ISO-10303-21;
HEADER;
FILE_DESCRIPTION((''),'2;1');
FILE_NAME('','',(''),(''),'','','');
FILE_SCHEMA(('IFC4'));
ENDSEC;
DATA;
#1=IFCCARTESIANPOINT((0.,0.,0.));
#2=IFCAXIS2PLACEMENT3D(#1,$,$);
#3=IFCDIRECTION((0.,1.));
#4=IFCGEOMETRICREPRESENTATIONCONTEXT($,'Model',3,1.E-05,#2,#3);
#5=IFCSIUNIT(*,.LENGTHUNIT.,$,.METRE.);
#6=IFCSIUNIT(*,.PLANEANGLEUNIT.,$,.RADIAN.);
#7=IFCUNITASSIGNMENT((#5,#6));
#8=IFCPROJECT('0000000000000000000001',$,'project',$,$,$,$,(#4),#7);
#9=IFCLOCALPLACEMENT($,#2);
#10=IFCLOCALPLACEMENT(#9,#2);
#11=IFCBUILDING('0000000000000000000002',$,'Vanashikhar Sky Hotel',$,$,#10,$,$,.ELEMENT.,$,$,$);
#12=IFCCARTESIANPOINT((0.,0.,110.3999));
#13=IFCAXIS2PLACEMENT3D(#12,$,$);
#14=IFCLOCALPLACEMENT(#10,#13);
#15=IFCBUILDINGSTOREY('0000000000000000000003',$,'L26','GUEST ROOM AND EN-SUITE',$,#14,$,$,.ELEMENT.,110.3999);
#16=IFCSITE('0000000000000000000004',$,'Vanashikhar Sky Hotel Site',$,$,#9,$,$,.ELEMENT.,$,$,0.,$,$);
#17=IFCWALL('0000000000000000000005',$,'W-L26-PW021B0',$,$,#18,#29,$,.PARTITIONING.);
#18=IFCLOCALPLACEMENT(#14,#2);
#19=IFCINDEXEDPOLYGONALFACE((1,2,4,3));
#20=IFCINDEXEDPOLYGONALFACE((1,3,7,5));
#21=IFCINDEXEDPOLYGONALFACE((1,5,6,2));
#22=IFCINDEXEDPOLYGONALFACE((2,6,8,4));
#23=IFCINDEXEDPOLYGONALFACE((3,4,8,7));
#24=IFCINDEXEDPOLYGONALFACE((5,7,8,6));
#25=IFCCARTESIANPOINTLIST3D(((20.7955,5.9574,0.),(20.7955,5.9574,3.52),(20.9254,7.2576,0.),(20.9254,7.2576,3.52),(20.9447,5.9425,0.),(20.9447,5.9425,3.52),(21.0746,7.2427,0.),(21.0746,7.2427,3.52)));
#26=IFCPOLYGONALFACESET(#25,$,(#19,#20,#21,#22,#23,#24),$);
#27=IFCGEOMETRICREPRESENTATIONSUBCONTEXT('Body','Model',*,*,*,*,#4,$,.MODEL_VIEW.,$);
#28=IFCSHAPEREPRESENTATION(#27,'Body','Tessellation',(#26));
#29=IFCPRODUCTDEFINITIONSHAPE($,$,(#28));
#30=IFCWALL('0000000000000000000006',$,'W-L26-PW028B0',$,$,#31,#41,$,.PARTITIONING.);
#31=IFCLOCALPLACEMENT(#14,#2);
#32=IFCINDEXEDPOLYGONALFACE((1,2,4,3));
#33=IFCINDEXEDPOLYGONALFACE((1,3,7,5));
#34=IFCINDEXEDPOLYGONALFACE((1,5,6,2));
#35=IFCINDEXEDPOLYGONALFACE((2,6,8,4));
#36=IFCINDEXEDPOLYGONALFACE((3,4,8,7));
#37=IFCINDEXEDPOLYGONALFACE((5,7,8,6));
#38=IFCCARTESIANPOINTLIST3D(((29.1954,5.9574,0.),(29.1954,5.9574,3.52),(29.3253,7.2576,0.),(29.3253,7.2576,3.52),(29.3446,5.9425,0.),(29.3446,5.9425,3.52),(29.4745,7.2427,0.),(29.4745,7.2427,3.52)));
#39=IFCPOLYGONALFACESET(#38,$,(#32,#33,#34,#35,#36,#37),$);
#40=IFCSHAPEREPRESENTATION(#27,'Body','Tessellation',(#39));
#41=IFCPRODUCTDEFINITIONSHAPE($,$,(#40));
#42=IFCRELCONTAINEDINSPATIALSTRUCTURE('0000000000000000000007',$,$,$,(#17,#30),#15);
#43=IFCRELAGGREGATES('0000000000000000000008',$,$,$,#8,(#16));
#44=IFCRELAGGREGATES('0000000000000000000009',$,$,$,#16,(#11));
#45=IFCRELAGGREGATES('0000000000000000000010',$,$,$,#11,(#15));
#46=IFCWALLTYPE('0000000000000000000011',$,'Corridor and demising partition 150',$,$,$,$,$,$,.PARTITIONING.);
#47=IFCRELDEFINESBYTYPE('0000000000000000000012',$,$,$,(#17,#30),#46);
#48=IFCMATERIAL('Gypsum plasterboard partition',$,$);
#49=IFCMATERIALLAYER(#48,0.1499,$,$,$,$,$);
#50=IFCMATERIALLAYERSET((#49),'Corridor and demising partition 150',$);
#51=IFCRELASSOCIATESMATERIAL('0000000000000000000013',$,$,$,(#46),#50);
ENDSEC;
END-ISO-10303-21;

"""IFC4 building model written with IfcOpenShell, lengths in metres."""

from ifc_helpers import new_model, si_unit, direction, frame, frame_2d, origin, place, context, subcontext, project, spatial, rectangle, extrude, source, transform, mapped, material, layer, layer_set, type_object, element, save


model = new_model("IFC4")

# Units and contexts
model_context = context("Model", 3, precision=1e-05, world=origin(), true_north=direction((0.0, 1.0)))
body_context = subcontext(model_context, "Body", "Model", "MODEL_VIEW")
ifc_project = project(units=[si_unit("LENGTHUNIT", "METRE"), si_unit("PLANEANGLEUNIT", "RADIAN")], contexts=[model_context])

# Site, building, storey
site_placement = place(None, origin())
site = spatial("IfcSite", under=ifc_project, at=site_placement, Name="Vanashikhar Sky Hotel Site", CompositionType="ELEMENT", RefElevation=0.0)
building_placement = place(site_placement, origin())
building = spatial("IfcBuilding", under=site, at=building_placement, Name="Vanashikhar Sky Hotel", CompositionType="ELEMENT")
storey_placement = place(building_placement, frame((0.0, 0.0, 110.3999)))
storey = spatial("IfcBuildingStorey", under=building, at=storey_placement, Name="L26", Description="GUEST ROOM AND EN-SUITE", CompositionType="ELEMENT", Elevation=110.3999)

# Shared definitions
ifc_material_1 = material(Name="Gypsum plasterboard partition")

# Walls
ifc_layer_1 = layer(ifc_material_1, 0.1499)
ifc_layer_set_1 = layer_set([ifc_layer_1], Name="Corridor and demising partition 150")
wall_type_1 = type_object("IfcWallType", Name="Corridor and demising partition 150", PredefinedType="PARTITIONING", material=ifc_layer_set_1)
shared_shape_1 = source(origin(), body_context, "Body", "SweptSolid", [
    extrude(rectangle(XDim=1.3066, YDim=0.1499, at=frame_2d((0.6533, 0.0))), origin(), (0.0, 0.0, 1.0), 3.52),
])
for number, where, z_axis, x_axis, name in (
    (1, (20.8701, 5.95, 0.0), (0.0, 0.0, 1.0), (0.099411, 0.995046, 0.0), "W-L26-PW021B0"),
    (2, (29.27, 5.95, 0.0), (0.0, 0.0, 1.0), (0.099411, 0.995046, 0.0), "W-L26-PW028B0"),
):
    element("IfcWall", number, at=place(storey_placement, frame(where, z_axis=z_axis, x_axis=x_axis)), inside=storey, type_object=wall_type_1, Name=name, PredefinedType="PARTITIONING", context=body_context, shape_type="MappedRepresentation", body=[
        mapped(shared_shape_1, transform((0.0, 0.0, 0.0), scale=1.0)),
    ])

save(model, "model.ifc")
